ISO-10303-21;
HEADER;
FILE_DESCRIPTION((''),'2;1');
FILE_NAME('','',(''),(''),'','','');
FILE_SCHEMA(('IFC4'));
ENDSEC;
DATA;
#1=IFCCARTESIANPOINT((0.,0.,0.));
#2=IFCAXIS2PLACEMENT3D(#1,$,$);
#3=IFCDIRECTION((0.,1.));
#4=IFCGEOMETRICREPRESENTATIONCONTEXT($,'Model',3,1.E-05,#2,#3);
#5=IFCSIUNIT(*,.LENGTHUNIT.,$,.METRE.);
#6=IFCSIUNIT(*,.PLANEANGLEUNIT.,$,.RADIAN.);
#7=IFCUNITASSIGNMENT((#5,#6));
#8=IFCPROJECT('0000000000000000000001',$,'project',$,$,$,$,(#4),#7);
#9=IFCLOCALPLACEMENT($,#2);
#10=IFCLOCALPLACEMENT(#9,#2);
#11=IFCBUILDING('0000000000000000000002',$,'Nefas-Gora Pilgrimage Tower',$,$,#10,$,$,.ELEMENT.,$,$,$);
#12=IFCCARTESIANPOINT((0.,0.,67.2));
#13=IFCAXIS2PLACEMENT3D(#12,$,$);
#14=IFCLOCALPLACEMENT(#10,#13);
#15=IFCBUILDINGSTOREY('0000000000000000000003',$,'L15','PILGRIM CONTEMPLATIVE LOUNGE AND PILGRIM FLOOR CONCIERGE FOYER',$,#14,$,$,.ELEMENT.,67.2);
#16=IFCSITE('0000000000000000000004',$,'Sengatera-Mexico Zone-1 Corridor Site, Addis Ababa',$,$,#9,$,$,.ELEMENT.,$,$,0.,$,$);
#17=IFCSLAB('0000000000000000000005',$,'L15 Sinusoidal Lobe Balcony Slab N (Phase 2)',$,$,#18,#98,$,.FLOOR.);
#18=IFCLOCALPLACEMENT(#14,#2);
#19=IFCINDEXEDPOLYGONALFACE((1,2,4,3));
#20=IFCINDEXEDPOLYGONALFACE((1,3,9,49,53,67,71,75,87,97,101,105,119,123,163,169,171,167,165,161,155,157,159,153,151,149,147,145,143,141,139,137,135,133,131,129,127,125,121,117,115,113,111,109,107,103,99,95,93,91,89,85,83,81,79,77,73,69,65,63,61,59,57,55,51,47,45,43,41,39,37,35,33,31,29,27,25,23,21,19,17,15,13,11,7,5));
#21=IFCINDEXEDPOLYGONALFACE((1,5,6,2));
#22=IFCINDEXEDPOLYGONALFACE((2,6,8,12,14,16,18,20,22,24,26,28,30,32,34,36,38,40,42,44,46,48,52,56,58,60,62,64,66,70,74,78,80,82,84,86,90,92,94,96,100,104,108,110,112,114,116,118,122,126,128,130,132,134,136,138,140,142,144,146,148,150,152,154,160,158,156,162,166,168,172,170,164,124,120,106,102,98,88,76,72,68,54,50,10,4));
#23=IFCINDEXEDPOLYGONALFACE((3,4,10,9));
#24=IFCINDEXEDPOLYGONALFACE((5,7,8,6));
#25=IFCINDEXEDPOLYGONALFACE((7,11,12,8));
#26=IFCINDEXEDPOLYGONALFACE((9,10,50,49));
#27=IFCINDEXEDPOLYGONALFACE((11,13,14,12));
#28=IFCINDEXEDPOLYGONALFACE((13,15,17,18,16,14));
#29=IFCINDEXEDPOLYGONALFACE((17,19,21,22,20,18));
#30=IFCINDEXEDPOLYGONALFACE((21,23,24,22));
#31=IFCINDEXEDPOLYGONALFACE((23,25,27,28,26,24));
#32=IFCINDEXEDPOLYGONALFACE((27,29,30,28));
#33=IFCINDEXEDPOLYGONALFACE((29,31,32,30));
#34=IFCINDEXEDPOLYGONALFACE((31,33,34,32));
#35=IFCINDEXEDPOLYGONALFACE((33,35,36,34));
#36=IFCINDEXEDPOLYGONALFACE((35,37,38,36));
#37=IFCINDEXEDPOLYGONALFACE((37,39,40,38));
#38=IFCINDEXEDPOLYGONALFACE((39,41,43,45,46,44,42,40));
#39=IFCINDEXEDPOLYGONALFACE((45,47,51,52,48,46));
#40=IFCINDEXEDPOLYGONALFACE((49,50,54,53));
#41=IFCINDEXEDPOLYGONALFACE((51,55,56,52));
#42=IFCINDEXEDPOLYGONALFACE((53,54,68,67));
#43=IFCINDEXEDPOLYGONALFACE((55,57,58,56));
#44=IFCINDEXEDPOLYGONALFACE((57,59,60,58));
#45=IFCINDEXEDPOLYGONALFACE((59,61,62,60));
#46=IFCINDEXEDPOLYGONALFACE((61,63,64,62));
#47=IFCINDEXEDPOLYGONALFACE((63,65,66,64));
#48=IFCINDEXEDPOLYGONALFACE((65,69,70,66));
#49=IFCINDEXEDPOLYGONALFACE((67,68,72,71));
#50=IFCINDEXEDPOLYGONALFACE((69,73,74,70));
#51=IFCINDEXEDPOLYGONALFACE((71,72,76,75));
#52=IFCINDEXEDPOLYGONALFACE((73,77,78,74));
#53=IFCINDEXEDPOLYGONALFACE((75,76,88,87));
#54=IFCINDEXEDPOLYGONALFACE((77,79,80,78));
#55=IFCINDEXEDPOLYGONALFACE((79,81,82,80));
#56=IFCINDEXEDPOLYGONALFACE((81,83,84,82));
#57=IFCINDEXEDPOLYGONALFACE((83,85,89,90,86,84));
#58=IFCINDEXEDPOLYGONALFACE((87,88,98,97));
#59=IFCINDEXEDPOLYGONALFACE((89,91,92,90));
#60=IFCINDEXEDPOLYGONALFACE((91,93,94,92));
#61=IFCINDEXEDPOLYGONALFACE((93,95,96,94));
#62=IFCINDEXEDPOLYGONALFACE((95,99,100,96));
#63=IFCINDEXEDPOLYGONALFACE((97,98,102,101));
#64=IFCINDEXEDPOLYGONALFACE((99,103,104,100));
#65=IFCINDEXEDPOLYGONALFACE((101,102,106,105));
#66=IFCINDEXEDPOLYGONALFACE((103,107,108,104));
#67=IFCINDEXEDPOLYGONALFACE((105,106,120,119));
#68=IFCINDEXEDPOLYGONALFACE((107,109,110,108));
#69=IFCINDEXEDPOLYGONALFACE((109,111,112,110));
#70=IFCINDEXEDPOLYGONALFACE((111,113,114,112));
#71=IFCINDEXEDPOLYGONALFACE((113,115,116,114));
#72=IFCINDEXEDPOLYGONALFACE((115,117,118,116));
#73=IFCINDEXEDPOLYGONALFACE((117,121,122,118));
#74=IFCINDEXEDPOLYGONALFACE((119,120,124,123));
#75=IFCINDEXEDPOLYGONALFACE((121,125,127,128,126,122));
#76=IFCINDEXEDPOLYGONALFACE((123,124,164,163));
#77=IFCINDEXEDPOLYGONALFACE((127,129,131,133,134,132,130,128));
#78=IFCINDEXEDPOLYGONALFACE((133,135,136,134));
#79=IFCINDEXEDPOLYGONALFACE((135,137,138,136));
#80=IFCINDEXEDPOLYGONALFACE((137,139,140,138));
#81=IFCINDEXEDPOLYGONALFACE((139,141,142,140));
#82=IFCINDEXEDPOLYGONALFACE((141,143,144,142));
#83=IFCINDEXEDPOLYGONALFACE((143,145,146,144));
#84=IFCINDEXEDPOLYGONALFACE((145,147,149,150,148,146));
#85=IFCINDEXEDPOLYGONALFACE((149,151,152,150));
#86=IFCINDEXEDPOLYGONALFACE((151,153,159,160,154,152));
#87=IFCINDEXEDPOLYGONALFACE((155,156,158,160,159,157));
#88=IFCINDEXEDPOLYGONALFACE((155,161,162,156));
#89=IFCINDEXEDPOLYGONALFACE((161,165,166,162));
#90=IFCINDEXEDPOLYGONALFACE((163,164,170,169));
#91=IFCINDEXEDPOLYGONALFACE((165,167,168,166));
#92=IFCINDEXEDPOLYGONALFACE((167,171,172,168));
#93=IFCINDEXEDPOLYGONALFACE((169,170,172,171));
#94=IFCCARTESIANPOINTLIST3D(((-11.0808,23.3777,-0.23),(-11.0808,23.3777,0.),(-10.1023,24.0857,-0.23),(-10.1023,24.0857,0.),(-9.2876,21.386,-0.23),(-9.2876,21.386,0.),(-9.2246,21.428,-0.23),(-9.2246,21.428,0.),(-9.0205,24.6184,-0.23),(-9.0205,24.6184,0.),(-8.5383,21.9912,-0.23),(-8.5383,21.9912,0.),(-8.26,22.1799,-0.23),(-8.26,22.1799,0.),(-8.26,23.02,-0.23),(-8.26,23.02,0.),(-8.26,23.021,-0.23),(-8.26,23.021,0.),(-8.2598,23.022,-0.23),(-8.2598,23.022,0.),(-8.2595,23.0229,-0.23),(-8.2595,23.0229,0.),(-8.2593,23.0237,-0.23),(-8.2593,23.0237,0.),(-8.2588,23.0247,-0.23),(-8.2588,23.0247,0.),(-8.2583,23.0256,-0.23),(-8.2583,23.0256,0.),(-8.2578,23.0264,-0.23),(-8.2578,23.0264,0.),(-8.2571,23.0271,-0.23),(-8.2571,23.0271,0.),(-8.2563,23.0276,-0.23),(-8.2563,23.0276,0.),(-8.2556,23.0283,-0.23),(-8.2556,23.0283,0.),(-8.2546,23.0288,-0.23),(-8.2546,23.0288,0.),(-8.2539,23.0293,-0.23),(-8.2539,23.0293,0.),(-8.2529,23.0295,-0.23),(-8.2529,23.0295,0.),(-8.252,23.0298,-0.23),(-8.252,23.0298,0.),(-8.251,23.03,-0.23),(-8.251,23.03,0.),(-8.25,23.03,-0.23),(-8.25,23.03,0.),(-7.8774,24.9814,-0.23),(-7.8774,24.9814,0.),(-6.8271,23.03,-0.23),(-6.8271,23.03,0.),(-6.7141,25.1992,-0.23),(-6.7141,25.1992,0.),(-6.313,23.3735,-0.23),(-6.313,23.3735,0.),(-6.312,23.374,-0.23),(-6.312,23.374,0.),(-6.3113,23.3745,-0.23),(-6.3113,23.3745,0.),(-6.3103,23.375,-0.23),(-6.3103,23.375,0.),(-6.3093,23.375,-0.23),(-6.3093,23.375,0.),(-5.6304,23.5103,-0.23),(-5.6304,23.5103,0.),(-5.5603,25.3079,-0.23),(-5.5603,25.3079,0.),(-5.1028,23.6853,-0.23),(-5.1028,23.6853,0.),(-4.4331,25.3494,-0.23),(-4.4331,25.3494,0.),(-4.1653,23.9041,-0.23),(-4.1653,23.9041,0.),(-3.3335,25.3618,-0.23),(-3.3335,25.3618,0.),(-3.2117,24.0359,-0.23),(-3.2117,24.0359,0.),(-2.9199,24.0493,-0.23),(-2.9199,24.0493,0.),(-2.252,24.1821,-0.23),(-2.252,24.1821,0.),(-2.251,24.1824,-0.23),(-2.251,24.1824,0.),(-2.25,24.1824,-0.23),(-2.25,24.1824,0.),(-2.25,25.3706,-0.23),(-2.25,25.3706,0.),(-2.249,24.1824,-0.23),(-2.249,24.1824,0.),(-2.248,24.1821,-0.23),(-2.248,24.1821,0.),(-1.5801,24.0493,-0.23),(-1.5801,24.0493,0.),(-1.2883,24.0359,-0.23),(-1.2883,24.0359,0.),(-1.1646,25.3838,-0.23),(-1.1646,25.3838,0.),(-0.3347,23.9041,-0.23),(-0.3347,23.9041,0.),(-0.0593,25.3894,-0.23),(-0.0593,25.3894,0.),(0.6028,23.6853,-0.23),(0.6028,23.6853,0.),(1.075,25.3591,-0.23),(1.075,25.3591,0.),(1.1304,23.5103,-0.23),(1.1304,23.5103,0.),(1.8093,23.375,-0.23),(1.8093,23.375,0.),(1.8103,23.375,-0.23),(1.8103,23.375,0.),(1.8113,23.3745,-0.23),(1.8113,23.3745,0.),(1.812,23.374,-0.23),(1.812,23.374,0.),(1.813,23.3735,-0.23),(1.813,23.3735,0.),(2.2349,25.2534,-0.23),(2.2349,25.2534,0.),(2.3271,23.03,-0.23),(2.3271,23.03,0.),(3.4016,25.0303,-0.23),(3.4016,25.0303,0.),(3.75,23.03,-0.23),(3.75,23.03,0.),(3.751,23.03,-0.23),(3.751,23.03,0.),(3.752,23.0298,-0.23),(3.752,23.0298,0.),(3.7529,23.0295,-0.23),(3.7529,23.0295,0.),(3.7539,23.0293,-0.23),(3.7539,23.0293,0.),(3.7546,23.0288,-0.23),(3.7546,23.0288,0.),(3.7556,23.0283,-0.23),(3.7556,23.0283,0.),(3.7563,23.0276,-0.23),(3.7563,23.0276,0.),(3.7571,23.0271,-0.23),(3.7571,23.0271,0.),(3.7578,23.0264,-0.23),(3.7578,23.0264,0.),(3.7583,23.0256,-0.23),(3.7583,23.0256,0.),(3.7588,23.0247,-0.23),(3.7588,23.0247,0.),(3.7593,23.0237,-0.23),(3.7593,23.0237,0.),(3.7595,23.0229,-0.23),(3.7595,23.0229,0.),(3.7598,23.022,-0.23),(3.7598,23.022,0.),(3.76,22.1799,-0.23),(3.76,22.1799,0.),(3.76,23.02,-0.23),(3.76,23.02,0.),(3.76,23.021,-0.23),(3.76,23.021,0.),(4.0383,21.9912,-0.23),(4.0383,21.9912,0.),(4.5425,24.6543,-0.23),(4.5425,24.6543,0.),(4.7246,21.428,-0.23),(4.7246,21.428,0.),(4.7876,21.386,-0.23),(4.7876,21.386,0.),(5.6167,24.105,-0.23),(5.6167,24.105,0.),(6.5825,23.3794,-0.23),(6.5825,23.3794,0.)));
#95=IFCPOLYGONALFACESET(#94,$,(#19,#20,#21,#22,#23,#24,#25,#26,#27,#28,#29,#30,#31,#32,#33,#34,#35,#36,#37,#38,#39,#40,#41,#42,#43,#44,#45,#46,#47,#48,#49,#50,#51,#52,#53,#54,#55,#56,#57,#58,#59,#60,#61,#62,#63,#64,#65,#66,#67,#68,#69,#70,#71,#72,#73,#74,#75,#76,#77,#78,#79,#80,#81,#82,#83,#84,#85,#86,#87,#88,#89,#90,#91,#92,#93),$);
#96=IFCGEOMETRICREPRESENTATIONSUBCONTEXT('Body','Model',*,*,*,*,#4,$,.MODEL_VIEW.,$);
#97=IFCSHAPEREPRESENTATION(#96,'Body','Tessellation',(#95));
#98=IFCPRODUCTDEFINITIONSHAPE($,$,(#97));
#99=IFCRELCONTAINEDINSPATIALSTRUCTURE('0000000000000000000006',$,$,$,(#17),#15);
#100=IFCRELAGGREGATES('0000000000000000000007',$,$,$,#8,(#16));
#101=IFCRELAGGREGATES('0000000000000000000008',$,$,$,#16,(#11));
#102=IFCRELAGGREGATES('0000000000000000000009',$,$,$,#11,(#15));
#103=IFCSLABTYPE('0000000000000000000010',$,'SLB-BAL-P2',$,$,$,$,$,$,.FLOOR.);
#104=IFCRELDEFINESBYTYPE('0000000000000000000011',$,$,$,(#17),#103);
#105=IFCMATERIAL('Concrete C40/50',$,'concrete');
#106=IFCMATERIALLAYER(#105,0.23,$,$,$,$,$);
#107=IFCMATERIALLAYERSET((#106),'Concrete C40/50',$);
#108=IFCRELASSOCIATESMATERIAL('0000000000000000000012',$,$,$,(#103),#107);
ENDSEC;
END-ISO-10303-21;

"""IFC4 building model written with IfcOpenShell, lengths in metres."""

from ifc_helpers import new_model, si_unit, direction, frame, origin, place, context, subcontext, project, spatial, polyline, outline, extrude, material, layer, layer_set, type_object, element, save


model = new_model("IFC4")

# Units and contexts
model_context = context("Model", 3, precision=1e-05, world=origin(), true_north=direction((0.0, 1.0)))
body_context = subcontext(model_context, "Body", "Model", "MODEL_VIEW")
ifc_project = project(units=[si_unit("LENGTHUNIT", "METRE"), si_unit("PLANEANGLEUNIT", "RADIAN")], contexts=[model_context])

# Site, building, storey
site_placement = place(None, origin())
site = spatial("IfcSite", under=ifc_project, at=site_placement, Name="Sengatera-Mexico Zone-1 Corridor Site, Addis Ababa", CompositionType="ELEMENT", RefElevation=0.0)
building_placement = place(site_placement, origin())
building = spatial("IfcBuilding", under=site, at=building_placement, Name="Nefas-Gora Pilgrimage Tower", CompositionType="ELEMENT")
storey_placement = place(building_placement, frame((0.0, 0.0, 67.2)))
storey = spatial("IfcBuildingStorey", under=building, at=storey_placement, Name="L15", Description="PILGRIM CONTEMPLATIVE LOUNGE AND PILGRIM FLOOR CONCIERGE FOYER", CompositionType="ELEMENT", Elevation=67.2)

# Slab
ifc_material_1 = material(Name="Concrete C40/50", Category="concrete")
ifc_layer_1 = layer(ifc_material_1, 0.23)
ifc_layer_set_1 = layer_set([ifc_layer_1], Name="Concrete C40/50")
slab_type_1 = type_object("IfcSlabType", Name="SLB-BAL-P2", PredefinedType="FLOOR", material=ifc_layer_set_1)
slab_1_placement = place(storey_placement, frame((0.0, 0.0, -0.23)))
element("IfcSlab", 1, at=slab_1_placement, inside=storey, type_object=slab_type_1, Name="L15 Sinusoidal Lobe Balcony Slab N (Phase 2)", PredefinedType="FLOOR", context=body_context, shape_type="SweptSolid", body=[
    extrude(outline(polyline([(-9.2876, 21.386), (-9.2246, 21.428), (-8.5383, 21.9912), (-8.26, 22.1799), (-8.26, 23.02), (-8.26, 23.021), (-8.2598, 23.022), (-8.2595, 23.0229), (-8.2593, 23.0237), (-8.2588, 23.0247), (-8.2583, 23.0256), (-8.2578, 23.0264), (-8.2571, 23.0271), (-8.2563, 23.0276), (-8.2556, 23.0283), (-8.2546, 23.0288), (-8.2539, 23.0293), (-8.2529, 23.0295), (-8.252, 23.0298), (-8.251, 23.03), (-8.25, 23.03), (-6.8271, 23.03), (-6.313, 23.3735), (-6.312, 23.374), (-6.3113, 23.3745), (-6.3103, 23.375), (-6.3093, 23.375), (-5.6304, 23.5103), (-5.1028, 23.6853), (-4.1653, 23.9041), (-3.2117, 24.0359), (-2.9199, 24.0493), (-2.252, 24.1821), (-2.251, 24.1824), (-2.25, 24.1824), (-2.249, 24.1824), (-2.248, 24.1821), (-1.5801, 24.0493), (-1.2883, 24.0359), (-0.3347, 23.9041), (0.6028, 23.6853), (1.1304, 23.5103), (1.8093, 23.375), (1.8103, 23.375), (1.8113, 23.3745), (1.812, 23.374), (1.813, 23.3735), (2.3271, 23.03), (3.75, 23.03), (3.751, 23.03), (3.752, 23.0298), (3.7529, 23.0295), (3.7539, 23.0293), (3.7546, 23.0288), (3.7556, 23.0283), (3.7563, 23.0276), (3.7571, 23.0271), (3.7578, 23.0264), (3.7583, 23.0256), (3.7588, 23.0247), (3.7593, 23.0237), (3.7595, 23.0229), (3.7598, 23.022), (3.76, 23.021), (3.76, 23.02), (3.76, 22.1799), (4.0383, 21.9912), (4.7246, 21.428), (4.7876, 21.386), (6.5825, 23.3794), (5.6167, 24.105), (4.5425, 24.6543), (3.4016, 25.0303), (2.2349, 25.2534), (1.075, 25.3591), (-0.0593, 25.3894), (-1.1646, 25.3838), (-2.25, 25.3706), (-3.3335, 25.3618), (-4.4331, 25.3494), (-5.5603, 25.3079), (-6.7141, 25.1992), (-7.8774, 24.9814), (-9.0205, 24.6184), (-10.1023, 24.0857), (-11.0808, 23.3777), (-9.2876, 21.386)])), origin(), (0.0, 0.0, 1.0), 0.23),
])

save(model, "model.ifc")
